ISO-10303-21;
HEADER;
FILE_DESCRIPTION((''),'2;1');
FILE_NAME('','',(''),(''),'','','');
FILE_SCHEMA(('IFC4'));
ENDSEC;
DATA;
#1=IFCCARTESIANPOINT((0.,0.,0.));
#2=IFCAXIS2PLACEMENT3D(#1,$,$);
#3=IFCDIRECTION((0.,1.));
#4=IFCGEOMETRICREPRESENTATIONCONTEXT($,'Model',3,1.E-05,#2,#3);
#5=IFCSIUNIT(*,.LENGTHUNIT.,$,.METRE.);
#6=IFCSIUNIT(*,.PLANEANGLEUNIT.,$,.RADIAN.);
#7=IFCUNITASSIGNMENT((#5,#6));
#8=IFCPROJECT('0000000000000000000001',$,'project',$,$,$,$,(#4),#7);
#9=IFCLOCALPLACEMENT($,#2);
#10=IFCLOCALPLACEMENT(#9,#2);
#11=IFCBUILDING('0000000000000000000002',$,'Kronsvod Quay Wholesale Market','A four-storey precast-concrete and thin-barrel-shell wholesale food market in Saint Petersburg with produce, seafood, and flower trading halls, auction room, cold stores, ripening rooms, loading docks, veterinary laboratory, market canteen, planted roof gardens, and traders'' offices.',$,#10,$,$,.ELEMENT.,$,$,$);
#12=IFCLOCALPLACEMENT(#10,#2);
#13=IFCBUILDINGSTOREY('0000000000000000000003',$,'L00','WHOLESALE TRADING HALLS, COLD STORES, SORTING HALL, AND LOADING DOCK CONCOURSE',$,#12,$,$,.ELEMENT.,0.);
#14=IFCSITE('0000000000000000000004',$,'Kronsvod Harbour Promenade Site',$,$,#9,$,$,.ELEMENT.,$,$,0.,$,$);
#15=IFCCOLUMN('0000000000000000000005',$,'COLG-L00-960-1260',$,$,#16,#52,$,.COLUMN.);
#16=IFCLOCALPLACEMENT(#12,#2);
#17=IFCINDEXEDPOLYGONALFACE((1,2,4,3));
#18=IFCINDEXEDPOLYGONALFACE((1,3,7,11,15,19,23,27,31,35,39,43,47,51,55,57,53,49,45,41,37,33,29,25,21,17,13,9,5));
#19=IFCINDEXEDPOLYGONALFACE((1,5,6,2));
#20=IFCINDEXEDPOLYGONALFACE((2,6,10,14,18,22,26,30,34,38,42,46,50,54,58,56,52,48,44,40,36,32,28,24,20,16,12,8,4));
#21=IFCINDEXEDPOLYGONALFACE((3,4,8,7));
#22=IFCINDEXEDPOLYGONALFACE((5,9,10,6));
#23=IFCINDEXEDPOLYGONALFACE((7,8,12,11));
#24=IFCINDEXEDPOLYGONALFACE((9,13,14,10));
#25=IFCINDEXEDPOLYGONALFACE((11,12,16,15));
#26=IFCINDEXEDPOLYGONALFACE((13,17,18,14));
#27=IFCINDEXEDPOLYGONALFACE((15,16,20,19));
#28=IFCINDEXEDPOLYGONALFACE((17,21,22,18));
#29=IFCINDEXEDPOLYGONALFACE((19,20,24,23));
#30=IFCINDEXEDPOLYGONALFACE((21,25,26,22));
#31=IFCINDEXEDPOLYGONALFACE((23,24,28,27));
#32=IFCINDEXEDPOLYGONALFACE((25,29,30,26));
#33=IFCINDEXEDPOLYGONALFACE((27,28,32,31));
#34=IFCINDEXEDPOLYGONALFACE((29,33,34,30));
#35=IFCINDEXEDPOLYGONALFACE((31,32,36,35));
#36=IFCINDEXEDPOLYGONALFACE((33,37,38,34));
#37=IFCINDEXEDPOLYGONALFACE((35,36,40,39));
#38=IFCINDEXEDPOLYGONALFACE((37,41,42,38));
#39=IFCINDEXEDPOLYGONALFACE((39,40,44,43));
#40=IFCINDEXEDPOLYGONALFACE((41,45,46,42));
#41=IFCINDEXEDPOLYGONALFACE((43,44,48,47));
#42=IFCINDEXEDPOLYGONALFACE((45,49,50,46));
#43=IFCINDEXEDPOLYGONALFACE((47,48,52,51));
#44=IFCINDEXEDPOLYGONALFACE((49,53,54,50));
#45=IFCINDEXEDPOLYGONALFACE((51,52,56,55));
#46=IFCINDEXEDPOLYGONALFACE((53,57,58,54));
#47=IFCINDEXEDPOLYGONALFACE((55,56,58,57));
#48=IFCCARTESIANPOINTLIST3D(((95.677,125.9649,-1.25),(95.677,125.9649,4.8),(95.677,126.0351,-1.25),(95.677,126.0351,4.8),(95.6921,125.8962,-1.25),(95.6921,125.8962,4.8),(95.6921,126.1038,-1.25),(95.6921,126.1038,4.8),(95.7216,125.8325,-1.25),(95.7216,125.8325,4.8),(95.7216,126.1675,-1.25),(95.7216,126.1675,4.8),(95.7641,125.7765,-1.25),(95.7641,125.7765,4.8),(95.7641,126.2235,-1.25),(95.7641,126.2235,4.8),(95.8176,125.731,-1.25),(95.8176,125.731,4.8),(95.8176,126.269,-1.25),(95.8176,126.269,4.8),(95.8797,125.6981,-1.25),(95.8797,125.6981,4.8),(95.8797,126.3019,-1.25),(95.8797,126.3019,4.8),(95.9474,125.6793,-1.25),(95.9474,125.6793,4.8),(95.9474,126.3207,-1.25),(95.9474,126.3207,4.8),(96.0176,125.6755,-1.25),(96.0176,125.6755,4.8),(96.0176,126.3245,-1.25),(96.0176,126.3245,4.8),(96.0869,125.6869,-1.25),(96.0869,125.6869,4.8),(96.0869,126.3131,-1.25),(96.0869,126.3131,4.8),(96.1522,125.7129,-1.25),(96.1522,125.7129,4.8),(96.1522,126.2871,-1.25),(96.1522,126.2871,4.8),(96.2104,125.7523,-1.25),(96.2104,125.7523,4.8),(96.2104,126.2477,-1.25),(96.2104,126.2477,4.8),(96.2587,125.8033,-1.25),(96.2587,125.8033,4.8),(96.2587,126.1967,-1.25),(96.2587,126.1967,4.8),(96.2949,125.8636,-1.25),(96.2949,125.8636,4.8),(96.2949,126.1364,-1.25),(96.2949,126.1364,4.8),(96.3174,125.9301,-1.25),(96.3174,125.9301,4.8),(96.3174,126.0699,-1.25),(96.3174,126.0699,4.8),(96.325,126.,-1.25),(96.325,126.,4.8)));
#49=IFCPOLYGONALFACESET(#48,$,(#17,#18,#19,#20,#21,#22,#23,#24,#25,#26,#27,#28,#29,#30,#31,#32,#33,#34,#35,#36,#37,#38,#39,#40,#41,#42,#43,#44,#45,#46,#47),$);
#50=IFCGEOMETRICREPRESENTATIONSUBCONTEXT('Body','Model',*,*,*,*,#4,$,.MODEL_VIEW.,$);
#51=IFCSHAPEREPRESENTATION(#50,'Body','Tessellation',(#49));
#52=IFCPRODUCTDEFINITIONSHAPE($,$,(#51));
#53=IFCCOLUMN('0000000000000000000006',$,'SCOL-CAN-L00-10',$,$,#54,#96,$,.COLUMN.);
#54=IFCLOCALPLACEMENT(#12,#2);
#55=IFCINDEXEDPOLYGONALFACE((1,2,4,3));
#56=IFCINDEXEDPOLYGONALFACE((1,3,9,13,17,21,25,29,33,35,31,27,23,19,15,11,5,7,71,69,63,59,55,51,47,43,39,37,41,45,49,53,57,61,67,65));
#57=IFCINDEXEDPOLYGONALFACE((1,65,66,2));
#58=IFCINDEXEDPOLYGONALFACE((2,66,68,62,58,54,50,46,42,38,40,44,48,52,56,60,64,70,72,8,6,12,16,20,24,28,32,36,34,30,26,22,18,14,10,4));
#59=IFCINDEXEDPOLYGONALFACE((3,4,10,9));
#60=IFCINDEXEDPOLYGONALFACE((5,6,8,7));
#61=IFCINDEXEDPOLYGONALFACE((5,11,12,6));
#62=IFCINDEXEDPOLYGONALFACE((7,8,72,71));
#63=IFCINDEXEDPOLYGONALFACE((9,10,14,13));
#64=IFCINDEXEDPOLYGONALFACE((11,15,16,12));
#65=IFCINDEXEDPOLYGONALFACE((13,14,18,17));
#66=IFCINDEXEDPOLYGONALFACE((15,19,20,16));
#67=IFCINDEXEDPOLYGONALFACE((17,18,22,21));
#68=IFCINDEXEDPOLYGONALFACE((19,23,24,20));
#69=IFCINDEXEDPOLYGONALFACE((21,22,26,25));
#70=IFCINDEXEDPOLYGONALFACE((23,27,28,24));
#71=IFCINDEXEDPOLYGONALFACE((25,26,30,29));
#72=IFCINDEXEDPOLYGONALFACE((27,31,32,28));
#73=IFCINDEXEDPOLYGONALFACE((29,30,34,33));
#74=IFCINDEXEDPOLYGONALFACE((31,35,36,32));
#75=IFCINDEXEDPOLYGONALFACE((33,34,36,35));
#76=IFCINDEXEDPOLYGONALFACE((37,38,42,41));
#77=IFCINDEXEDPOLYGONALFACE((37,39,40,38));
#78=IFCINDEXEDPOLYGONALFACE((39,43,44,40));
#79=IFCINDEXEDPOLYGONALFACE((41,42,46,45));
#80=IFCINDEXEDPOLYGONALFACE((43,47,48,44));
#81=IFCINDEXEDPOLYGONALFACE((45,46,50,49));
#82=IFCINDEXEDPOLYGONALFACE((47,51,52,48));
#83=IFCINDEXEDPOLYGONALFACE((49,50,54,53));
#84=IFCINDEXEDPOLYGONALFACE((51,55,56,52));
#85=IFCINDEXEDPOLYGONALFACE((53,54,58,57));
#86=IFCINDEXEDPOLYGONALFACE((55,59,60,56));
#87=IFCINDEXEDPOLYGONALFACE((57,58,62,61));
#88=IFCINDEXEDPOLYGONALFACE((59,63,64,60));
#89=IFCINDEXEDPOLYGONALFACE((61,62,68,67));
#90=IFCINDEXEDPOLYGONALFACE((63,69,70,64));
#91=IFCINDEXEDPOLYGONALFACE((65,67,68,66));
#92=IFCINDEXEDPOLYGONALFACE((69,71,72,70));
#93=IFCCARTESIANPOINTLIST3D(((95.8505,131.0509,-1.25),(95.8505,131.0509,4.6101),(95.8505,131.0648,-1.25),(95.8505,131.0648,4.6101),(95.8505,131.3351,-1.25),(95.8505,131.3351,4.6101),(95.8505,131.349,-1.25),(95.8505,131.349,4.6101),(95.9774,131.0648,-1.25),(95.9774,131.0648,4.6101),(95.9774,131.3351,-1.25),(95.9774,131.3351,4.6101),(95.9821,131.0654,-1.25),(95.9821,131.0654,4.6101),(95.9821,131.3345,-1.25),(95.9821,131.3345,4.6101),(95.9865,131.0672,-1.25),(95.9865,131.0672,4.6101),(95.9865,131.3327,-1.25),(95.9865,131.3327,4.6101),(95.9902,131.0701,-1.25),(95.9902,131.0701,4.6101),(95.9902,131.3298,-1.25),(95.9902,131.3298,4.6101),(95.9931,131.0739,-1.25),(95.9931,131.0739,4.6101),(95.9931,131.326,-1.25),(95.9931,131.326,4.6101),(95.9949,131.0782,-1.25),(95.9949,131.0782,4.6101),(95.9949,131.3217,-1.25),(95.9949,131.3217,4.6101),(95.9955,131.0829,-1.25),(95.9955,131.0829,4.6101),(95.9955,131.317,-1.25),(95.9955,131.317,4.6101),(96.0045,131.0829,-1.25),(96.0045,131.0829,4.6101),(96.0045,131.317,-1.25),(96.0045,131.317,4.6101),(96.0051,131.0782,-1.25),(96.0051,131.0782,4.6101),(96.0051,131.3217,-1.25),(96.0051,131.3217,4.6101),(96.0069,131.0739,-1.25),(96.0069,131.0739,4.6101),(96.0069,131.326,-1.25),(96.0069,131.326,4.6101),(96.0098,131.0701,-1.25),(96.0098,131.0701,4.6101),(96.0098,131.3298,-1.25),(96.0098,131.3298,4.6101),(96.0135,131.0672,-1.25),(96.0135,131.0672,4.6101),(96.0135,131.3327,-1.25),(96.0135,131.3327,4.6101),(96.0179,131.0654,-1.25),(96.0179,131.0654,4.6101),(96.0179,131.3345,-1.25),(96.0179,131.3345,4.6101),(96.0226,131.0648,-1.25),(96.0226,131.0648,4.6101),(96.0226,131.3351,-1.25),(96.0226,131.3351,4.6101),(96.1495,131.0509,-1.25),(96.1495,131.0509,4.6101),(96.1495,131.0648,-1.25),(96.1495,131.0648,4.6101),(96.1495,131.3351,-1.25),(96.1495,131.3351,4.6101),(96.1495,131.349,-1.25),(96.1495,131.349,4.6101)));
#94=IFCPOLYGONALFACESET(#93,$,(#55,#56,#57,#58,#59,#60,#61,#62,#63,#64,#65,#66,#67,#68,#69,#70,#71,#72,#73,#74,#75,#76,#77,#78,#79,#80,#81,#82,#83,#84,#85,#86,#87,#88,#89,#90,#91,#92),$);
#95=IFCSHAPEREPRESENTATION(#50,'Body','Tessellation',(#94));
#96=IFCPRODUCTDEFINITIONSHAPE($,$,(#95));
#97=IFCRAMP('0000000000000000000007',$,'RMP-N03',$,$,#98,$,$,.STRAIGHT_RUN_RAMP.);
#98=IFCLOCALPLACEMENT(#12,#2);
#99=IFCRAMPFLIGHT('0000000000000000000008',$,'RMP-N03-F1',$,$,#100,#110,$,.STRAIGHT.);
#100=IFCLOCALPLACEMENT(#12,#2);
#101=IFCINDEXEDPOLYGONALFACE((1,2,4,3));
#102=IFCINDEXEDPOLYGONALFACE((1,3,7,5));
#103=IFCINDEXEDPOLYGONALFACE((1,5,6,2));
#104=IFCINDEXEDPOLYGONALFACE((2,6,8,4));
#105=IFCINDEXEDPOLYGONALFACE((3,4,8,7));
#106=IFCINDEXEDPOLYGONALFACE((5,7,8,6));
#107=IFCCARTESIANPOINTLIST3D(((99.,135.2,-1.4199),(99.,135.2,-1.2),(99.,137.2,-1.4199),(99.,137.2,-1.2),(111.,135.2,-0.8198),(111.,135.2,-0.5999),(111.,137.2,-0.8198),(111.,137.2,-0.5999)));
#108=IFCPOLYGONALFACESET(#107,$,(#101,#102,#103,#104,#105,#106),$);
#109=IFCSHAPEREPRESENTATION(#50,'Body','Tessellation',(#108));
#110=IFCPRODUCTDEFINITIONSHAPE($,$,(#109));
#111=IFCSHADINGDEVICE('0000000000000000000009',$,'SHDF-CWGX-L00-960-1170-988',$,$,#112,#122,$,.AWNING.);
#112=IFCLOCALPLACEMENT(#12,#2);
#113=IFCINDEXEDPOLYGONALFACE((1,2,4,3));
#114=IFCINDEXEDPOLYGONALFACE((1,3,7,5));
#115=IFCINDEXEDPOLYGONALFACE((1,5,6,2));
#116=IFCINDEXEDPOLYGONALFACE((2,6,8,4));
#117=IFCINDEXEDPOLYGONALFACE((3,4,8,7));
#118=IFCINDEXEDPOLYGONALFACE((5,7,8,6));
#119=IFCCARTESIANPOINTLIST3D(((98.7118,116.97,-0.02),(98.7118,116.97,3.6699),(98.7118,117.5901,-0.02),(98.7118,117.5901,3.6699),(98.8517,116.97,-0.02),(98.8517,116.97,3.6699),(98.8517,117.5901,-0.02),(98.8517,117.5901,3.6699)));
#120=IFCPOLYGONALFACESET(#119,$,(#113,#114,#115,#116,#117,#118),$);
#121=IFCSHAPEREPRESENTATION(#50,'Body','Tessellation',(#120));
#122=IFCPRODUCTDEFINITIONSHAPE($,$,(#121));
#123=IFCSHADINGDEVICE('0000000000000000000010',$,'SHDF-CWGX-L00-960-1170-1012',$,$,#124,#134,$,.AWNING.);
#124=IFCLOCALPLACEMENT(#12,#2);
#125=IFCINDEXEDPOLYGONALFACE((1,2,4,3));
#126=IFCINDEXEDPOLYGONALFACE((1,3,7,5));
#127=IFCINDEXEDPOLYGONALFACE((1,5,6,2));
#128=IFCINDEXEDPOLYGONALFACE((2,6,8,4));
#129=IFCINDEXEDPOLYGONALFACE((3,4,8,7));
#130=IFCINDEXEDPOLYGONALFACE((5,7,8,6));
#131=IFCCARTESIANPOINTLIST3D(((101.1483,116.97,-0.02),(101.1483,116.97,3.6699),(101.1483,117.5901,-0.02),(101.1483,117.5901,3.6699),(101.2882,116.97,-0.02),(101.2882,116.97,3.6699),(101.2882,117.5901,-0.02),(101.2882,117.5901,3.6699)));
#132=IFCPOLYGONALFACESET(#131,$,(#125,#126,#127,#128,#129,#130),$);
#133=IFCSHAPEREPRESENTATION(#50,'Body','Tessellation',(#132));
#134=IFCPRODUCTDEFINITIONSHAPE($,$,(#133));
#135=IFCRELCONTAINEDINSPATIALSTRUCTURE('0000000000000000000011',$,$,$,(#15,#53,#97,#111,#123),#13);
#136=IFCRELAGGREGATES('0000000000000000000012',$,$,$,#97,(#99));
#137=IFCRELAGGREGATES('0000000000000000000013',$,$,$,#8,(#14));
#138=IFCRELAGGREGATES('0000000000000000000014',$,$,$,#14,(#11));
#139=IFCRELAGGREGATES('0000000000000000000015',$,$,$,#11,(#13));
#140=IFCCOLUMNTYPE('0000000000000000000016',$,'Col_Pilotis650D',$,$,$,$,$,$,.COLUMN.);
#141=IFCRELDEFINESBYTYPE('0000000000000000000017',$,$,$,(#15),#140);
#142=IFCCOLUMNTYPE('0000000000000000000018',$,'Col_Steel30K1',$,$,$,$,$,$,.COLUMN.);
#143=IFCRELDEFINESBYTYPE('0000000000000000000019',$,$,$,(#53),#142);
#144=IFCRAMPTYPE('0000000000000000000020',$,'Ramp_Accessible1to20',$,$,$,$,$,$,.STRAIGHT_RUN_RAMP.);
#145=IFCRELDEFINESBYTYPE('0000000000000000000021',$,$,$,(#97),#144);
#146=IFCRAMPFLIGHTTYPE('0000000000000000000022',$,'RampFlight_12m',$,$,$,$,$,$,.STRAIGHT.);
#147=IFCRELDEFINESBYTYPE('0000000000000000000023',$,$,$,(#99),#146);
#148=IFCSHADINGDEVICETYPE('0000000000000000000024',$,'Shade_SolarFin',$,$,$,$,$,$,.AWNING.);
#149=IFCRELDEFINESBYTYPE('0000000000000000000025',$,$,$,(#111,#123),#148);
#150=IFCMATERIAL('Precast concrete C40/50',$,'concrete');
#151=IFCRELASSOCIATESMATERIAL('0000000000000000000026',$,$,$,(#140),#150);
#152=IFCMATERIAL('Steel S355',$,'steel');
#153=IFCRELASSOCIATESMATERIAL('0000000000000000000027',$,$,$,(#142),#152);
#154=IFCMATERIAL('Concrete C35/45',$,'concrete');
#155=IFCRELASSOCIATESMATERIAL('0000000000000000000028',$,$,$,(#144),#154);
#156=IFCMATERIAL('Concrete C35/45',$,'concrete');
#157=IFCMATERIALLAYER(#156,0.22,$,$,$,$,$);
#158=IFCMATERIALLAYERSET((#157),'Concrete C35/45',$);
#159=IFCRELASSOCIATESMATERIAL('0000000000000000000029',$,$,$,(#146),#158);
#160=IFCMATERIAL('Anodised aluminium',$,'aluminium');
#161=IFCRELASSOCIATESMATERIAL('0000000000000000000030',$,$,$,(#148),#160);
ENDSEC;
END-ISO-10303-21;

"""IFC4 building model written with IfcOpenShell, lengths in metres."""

from ifc_helpers import new_model, si_unit, direction, frame, origin, origin_2d, place, context, subcontext, project, spatial, polyline, rectangle, circle, i_section, outline, extrude, material, layer, layer_set, material_profile, profile_set, type_object, element, aggregate, save


model = new_model("IFC4")

# Units and contexts
model_context = context("Model", 3, precision=1e-05, world=origin(), true_north=direction((0.0, 1.0)))
body_context = subcontext(model_context, "Body", "Model", "MODEL_VIEW")
ifc_project = project(units=[si_unit("LENGTHUNIT", "METRE"), si_unit("PLANEANGLEUNIT", "RADIAN")], contexts=[model_context])

# Site, building, storey
site_placement = place(None, origin())
site = spatial("IfcSite", under=ifc_project, at=site_placement, Name="Kronsvod Harbour Promenade Site", CompositionType="ELEMENT", RefElevation=0.0)
building_placement = place(site_placement, origin())
building = spatial("IfcBuilding", under=site, at=building_placement, Name="Kronsvod Quay Wholesale Market", Description="A four-storey precast-concrete and thin-barrel-shell wholesale food market in Saint Petersburg with produce, seafood, and flower trading halls, auction room, cold stores, ripening rooms, loading docks, veterinary laboratory, market canteen, planted roof gardens, and traders' offices.", CompositionType="ELEMENT")
storey_placement = place(building_placement, origin())
storey = spatial("IfcBuildingStorey", under=building, at=storey_placement, Name="L00", Description="WHOLESALE TRADING HALLS, COLD STORES, SORTING HALL, AND LOADING DOCK CONCOURSE", CompositionType="ELEMENT", Elevation=0.0)

# Columns
ifc_material_1 = material(Name="Precast concrete C40/50", Category="concrete")
ifc_material_profile_1 = material_profile(ifc_material_1, circle(Radius=0.325, at=origin_2d()), Name="PCPIL650D")
ifc_profile_set_1 = profile_set([ifc_material_profile_1], Name="Precast concrete C40/50")
column_type_1 = type_object("IfcColumnType", Name="Col_Pilotis650D", PredefinedType="COLUMN", material=ifc_profile_set_1)
column_1_placement = place(storey_placement, frame((96.0, 126.0, -1.25), z_axis=(0.0, 0.0, 1.0), x_axis=(1.0, 0.0, 0.0)))
element("IfcColumn", 1, at=column_1_placement, inside=storey, type_object=column_type_1, Name="COLG-L00-960-1260", PredefinedType="COLUMN", context=body_context, shape_type="SweptSolid", body=[
    extrude(circle(Radius=0.325, at=origin_2d()), origin(), (0.0, 0.0, 1.0), 6.05),
])
ifc_material_2 = material(Name="Steel S355", Category="steel")
ifc_material_profile_2 = material_profile(ifc_material_2, i_section(OverallWidth=0.2991, OverallDepth=0.2981, WebThickness=0.009, FlangeThickness=0.0139, FilletRadius=0.0181, at=origin_2d()), Name="30K1")
ifc_profile_set_2 = profile_set([ifc_material_profile_2], Name="Steel S355")
column_type_2 = type_object("IfcColumnType", Name="Col_Steel30K1", PredefinedType="COLUMN", material=ifc_profile_set_2)
column_2_placement = place(storey_placement, frame((96.0, 131.2, -1.25), z_axis=(0.0, 0.0, 1.0), x_axis=(1.0, 0.0, 0.0)))
element("IfcColumn", 2, at=column_2_placement, inside=storey, type_object=column_type_2, Name="SCOL-CAN-L00-10", PredefinedType="COLUMN", context=body_context, shape_type="SweptSolid", body=[
    extrude(i_section(OverallWidth=0.2991, OverallDepth=0.2981, WebThickness=0.009, FlangeThickness=0.0139, FilletRadius=0.0181, at=origin_2d()), origin(), (0.0, 0.0, 1.0), 5.8601),
])

# Ramp, ramp flight
ifc_material_3 = material(Name="Concrete C35/45", Category="concrete")
ramp_type = type_object("IfcRampType", Name="Ramp_Accessible1to20", PredefinedType="STRAIGHT_RUN_RAMP", material=ifc_material_3)
ramp_placement = place(storey_placement, origin())
ramp = element("IfcRamp", 3, at=ramp_placement, inside=storey, type_object=ramp_type, Name="RMP-N03", PredefinedType="STRAIGHT_RUN_RAMP")
ifc_material_4 = material(Name="Concrete C35/45", Category="concrete")
ifc_layer = layer(ifc_material_4, 0.22)
ifc_layer_set = layer_set([ifc_layer], Name="Concrete C35/45")
ramp_flight_type = type_object("IfcRampFlightType", Name="RampFlight_12m", PredefinedType="STRAIGHT", material=ifc_layer_set)
ramp_flight_placement = place(storey_placement, frame((99.0, 136.2, -1.2), z_axis=(0.0, 0.0, 1.0), x_axis=(1.0, 0.0, 0.0)))
ramp_flight = element("IfcRampFlight", 4, at=ramp_flight_placement, type_object=ramp_flight_type, Name="RMP-N03-F1", PredefinedType="STRAIGHT", context=body_context, shape_type="SweptSolid", body=[
    extrude(outline(polyline([(0.0, 0.0), (0.0, -0.22), (12.0, 0.3801), (12.0, 0.6001), (0.0, 0.0)])), frame((0.0, 1.0, 0.0), z_axis=(0.0, -1.0, 0.0), x_axis=(1.0, 0.0, 0.0)), (0.0, 0.0, 1.0), 2.0),
])
aggregate(ramp, [ramp_flight])

# Shading devices
ifc_material_5 = material(Name="Anodised aluminium", Category="aluminium")
shading_device_type = type_object("IfcShadingDeviceType", Name="Shade_SolarFin", PredefinedType="AWNING", material=ifc_material_5)
for number, where, z_axis, x_axis, name in (
    (5, (98.7817, 117.28, -0.02), (0.0, 0.0, 1.0), (1.0, 0.0, 0.0), "SHDF-CWGX-L00-960-1170-988"),
    (6, (101.2183, 117.28, -0.02), (0.0, 0.0, 1.0), (1.0, 0.0, 0.0), "SHDF-CWGX-L00-960-1170-1012"),
):
    element("IfcShadingDevice", number, at=place(storey_placement, frame(where, z_axis=z_axis, x_axis=x_axis)), inside=storey, type_object=shading_device_type, Name=name, PredefinedType="AWNING", context=body_context, shape_type="SweptSolid", body=[
        extrude(rectangle(XDim=0.1399, YDim=0.6201, at=origin_2d()), origin(), (0.0, 0.0, 1.0), 3.6899),
    ])

save(model, "model.ifc")
